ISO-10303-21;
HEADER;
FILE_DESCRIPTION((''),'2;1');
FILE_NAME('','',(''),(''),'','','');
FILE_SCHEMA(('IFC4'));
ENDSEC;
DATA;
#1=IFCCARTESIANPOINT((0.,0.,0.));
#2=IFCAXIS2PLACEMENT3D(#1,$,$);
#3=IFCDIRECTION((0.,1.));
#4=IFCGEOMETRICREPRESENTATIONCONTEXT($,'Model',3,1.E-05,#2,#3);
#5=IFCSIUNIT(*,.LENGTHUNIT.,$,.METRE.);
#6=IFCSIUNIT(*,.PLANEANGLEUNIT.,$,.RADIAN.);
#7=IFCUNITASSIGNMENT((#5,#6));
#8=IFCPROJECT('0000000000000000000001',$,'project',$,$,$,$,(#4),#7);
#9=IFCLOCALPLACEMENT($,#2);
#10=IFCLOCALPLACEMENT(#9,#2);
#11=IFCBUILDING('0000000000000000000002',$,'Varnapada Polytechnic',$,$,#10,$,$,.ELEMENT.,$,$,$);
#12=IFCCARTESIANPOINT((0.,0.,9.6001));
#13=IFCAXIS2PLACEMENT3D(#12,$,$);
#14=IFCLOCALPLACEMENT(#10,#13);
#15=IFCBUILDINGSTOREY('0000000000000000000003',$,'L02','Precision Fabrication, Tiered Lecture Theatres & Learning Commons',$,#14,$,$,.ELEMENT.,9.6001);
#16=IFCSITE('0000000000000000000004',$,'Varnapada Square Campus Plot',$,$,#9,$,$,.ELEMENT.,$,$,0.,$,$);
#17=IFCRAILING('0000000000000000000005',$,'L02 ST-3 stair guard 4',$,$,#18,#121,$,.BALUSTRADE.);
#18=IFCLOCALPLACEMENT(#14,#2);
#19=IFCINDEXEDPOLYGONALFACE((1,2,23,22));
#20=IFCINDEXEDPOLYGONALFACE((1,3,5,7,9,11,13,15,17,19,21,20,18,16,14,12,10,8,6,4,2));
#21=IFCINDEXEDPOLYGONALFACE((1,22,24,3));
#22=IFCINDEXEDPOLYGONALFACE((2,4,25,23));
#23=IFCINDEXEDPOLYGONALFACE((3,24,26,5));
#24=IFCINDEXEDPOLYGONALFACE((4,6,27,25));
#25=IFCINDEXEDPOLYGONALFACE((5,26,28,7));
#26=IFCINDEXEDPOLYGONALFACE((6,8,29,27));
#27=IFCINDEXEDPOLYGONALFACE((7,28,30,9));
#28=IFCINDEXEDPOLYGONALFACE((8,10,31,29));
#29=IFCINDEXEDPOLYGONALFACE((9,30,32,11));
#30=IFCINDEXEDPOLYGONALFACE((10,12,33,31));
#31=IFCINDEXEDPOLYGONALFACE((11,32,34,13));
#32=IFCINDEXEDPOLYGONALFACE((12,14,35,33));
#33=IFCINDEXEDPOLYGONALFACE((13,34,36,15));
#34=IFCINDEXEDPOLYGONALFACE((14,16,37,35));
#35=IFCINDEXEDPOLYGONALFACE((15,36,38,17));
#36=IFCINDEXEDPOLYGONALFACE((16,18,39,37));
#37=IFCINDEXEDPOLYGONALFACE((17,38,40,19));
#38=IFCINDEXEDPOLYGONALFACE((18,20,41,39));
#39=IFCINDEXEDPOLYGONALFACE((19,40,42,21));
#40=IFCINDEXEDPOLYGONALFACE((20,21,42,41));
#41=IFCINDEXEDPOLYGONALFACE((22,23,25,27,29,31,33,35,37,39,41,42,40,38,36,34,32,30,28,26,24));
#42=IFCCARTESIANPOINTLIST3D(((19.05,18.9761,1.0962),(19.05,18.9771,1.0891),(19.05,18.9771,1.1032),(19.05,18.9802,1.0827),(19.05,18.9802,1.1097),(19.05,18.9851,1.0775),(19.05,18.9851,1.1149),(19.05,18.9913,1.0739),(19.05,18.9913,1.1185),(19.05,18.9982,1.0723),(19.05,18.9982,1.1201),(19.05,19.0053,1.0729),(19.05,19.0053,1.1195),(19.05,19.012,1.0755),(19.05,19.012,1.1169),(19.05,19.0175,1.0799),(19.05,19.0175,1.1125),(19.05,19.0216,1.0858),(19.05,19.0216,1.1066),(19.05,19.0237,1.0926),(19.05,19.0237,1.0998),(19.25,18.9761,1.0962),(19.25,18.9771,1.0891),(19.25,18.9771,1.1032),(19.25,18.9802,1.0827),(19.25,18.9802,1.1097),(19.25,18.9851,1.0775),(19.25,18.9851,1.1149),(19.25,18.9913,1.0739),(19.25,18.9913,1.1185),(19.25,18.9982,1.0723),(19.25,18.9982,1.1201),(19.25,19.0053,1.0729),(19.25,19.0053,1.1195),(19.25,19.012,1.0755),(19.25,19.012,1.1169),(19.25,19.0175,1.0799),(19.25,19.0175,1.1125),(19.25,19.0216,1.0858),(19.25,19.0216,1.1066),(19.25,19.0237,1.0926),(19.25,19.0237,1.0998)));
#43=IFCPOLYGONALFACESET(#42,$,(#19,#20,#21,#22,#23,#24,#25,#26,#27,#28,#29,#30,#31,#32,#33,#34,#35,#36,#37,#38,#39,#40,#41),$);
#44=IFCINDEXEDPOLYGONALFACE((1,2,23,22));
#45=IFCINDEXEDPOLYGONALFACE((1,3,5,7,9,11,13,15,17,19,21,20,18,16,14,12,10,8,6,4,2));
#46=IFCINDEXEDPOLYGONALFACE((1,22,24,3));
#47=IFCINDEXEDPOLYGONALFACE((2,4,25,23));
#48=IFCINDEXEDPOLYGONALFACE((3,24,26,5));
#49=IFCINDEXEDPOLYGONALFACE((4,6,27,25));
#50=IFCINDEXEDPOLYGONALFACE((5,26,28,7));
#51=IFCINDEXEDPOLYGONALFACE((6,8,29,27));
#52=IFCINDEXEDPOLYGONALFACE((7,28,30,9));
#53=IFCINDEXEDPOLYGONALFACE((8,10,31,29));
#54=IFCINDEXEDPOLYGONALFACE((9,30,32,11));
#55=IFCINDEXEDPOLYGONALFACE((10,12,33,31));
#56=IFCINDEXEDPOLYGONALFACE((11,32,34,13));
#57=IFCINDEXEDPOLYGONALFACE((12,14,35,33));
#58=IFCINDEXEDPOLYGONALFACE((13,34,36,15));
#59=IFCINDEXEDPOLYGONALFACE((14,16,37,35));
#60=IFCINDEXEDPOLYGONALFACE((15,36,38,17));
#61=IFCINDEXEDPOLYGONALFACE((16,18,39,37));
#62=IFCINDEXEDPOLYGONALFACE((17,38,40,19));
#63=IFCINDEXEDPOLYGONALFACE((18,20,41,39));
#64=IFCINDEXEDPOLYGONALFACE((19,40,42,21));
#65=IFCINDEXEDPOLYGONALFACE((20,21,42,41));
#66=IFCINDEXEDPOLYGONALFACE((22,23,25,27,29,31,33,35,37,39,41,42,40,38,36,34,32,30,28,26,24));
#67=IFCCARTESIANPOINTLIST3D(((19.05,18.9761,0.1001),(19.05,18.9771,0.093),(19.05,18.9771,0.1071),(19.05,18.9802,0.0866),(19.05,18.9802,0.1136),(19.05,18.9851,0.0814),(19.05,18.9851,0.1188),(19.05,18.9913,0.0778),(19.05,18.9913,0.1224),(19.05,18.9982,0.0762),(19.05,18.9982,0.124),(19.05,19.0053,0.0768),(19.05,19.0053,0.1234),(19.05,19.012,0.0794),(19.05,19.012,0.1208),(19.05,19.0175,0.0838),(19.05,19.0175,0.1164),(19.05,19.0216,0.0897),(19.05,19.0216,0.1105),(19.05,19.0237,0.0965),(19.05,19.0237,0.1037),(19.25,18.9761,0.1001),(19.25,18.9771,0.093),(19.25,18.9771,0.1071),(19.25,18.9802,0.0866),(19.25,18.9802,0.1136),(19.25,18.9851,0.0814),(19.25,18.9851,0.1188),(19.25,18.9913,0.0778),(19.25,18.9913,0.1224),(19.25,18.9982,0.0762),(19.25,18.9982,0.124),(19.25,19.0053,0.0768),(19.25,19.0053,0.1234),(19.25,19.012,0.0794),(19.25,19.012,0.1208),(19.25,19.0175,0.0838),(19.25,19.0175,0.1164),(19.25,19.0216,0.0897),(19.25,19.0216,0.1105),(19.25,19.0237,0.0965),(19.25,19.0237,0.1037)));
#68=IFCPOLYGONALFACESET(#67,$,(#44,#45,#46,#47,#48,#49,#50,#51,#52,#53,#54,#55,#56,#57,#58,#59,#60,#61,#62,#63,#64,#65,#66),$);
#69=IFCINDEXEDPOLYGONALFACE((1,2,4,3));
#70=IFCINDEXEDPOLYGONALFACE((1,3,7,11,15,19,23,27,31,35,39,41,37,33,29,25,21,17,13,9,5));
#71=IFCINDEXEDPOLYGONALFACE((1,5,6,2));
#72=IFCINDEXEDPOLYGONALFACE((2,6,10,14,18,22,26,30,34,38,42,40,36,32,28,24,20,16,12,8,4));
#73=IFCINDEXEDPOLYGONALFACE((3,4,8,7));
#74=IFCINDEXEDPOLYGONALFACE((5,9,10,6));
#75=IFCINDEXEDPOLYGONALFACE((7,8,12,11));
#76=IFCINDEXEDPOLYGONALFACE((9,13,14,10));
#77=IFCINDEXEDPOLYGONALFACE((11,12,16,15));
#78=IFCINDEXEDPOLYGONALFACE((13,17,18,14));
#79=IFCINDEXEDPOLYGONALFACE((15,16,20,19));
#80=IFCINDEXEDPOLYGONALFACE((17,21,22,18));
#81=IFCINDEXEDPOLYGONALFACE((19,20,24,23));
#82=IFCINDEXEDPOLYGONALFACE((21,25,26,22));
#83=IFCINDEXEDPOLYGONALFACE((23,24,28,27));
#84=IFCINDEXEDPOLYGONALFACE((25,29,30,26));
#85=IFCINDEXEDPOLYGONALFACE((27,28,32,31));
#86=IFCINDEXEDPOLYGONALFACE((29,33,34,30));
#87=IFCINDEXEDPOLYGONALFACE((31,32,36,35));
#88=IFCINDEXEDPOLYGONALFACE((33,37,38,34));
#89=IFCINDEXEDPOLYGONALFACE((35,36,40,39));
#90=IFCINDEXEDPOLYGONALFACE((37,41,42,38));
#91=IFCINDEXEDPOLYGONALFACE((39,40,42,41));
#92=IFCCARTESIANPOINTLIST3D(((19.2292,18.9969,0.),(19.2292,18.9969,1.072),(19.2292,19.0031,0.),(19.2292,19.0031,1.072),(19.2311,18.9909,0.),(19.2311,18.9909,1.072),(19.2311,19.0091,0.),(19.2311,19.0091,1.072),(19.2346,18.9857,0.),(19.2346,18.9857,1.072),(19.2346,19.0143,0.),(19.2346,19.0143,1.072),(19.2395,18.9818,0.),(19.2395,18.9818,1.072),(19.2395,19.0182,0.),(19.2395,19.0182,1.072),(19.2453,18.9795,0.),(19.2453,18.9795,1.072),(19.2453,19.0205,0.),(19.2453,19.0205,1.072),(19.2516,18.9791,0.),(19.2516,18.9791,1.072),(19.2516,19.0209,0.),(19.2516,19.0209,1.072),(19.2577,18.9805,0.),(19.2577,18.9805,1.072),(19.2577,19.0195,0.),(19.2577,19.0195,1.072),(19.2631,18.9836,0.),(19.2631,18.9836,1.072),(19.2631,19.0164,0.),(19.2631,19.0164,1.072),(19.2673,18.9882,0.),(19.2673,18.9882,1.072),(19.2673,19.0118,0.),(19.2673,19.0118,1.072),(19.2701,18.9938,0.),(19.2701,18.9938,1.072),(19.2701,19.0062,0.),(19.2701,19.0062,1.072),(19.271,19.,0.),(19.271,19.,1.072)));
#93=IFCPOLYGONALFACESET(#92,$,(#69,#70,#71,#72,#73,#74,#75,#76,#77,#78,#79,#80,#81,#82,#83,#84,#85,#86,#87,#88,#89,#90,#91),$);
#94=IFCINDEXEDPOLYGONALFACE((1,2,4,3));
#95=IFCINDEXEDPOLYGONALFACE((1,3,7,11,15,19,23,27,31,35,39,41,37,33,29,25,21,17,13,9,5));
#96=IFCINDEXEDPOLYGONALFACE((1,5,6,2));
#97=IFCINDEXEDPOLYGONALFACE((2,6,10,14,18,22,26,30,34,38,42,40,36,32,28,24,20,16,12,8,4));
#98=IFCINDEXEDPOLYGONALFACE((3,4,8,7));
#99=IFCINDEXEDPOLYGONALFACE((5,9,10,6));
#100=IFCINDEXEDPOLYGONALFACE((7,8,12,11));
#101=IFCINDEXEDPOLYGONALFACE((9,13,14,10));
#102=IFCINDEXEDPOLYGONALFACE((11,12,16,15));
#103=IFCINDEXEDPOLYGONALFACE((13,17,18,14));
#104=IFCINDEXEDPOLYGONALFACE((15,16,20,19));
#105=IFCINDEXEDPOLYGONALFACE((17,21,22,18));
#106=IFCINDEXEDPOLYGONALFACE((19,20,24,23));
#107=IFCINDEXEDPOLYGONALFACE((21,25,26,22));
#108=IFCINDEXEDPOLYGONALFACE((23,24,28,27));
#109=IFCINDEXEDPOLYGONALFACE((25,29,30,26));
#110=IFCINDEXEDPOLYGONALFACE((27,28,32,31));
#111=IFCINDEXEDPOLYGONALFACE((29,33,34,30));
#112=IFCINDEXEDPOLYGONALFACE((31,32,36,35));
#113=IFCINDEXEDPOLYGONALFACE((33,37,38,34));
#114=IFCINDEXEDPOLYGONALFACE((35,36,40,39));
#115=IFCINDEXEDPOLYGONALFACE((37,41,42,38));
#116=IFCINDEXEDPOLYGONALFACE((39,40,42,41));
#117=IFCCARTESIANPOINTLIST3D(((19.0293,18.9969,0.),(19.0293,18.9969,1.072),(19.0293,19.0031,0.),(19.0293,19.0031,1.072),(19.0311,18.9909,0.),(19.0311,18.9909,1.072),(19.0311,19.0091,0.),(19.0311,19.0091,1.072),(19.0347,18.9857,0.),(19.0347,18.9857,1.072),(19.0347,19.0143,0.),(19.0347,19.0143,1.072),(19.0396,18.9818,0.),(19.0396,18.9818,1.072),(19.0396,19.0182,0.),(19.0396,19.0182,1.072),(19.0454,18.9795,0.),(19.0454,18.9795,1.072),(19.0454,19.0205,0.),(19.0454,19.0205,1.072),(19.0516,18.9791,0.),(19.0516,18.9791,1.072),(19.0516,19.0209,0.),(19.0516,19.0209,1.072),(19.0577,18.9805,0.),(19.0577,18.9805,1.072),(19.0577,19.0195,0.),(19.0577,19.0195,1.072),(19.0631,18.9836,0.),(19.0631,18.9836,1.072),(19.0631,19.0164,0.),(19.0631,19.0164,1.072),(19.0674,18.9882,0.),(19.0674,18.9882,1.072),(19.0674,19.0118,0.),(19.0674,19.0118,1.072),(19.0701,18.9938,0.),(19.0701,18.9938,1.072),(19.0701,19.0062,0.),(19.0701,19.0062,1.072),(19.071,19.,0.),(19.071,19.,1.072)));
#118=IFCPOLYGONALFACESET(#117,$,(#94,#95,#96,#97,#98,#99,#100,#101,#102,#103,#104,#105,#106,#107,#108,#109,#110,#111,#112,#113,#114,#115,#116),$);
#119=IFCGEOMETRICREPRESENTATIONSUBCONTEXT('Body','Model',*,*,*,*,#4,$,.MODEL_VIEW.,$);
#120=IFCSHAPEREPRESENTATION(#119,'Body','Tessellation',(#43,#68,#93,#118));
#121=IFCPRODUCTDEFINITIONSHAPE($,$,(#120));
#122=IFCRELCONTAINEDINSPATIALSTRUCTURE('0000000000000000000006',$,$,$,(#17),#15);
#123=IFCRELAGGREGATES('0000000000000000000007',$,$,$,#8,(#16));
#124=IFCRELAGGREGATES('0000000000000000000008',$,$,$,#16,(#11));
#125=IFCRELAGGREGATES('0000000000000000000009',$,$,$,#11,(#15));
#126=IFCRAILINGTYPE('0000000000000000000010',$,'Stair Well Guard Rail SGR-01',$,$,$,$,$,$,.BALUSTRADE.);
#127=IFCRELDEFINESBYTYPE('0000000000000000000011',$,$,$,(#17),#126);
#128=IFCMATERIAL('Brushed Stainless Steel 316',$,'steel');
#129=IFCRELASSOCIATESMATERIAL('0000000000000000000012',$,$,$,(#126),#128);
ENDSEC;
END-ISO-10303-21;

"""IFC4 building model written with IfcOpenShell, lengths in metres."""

from ifc_helpers import new_model, si_unit, direction, frame, origin, origin_2d, place, context, subcontext, project, spatial, circle, extrude, material, type_object, element, save


model = new_model("IFC4")

# Units and contexts
model_context = context("Model", 3, precision=1e-05, world=origin(), true_north=direction((0.0, 1.0)))
body_context = subcontext(model_context, "Body", "Model", "MODEL_VIEW")
ifc_project = project(units=[si_unit("LENGTHUNIT", "METRE"), si_unit("PLANEANGLEUNIT", "RADIAN")], contexts=[model_context])

# Site, building, storey
site_placement = place(None, origin())
site = spatial("IfcSite", under=ifc_project, at=site_placement, Name="Varnapada Square Campus Plot", CompositionType="ELEMENT", RefElevation=0.0)
building_placement = place(site_placement, origin())
building = spatial("IfcBuilding", under=site, at=building_placement, Name="Varnapada Polytechnic", CompositionType="ELEMENT")
storey_placement = place(building_placement, frame((0.0, 0.0, 9.6001)))
storey = spatial("IfcBuildingStorey", under=building, at=storey_placement, Name="L02", Description="Precision Fabrication, Tiered Lecture Theatres & Learning Commons", CompositionType="ELEMENT", Elevation=9.6001)

# Railing
ifc_material_1 = material(Name="Brushed Stainless Steel 316", Category="steel")
railing_type_1 = type_object("IfcRailingType", Name="Stair Well Guard Rail SGR-01", PredefinedType="BALUSTRADE", material=ifc_material_1)
railing_1_placement = place(storey_placement, frame((19.25, 19.0, 0.0)))
element("IfcRailing", 1, at=railing_1_placement, inside=storey, type_object=railing_type_1, Name="L02 ST-3 stair guard 4", PredefinedType="BALUSTRADE", context=body_context, shape_type="SweptSolid", body=[
    extrude(circle(Radius=0.0239, at=origin_2d()), frame((0.0, 0.0, 1.0962), z_axis=(-1.0, 0.0, 0.0), x_axis=(0.0, -1.0, 0.0)), (0.0, 0.0, 1.0), 0.2),
    extrude(circle(Radius=0.0239, at=origin_2d()), frame((0.0, 0.0, 0.1001), z_axis=(-1.0, 0.0, 0.0), x_axis=(0.0, -1.0, 0.0)), (0.0, 0.0, 1.0), 0.2),
    extrude(circle(Radius=0.021, at=origin_2d()), origin(), (0.0, 0.0, 1.0), 1.072),
    extrude(circle(Radius=0.021, at=origin_2d()), frame((-0.2, 0.0, 0.0)), (0.0, 0.0, 1.0), 1.072),
])

save(model, "model.ifc")
